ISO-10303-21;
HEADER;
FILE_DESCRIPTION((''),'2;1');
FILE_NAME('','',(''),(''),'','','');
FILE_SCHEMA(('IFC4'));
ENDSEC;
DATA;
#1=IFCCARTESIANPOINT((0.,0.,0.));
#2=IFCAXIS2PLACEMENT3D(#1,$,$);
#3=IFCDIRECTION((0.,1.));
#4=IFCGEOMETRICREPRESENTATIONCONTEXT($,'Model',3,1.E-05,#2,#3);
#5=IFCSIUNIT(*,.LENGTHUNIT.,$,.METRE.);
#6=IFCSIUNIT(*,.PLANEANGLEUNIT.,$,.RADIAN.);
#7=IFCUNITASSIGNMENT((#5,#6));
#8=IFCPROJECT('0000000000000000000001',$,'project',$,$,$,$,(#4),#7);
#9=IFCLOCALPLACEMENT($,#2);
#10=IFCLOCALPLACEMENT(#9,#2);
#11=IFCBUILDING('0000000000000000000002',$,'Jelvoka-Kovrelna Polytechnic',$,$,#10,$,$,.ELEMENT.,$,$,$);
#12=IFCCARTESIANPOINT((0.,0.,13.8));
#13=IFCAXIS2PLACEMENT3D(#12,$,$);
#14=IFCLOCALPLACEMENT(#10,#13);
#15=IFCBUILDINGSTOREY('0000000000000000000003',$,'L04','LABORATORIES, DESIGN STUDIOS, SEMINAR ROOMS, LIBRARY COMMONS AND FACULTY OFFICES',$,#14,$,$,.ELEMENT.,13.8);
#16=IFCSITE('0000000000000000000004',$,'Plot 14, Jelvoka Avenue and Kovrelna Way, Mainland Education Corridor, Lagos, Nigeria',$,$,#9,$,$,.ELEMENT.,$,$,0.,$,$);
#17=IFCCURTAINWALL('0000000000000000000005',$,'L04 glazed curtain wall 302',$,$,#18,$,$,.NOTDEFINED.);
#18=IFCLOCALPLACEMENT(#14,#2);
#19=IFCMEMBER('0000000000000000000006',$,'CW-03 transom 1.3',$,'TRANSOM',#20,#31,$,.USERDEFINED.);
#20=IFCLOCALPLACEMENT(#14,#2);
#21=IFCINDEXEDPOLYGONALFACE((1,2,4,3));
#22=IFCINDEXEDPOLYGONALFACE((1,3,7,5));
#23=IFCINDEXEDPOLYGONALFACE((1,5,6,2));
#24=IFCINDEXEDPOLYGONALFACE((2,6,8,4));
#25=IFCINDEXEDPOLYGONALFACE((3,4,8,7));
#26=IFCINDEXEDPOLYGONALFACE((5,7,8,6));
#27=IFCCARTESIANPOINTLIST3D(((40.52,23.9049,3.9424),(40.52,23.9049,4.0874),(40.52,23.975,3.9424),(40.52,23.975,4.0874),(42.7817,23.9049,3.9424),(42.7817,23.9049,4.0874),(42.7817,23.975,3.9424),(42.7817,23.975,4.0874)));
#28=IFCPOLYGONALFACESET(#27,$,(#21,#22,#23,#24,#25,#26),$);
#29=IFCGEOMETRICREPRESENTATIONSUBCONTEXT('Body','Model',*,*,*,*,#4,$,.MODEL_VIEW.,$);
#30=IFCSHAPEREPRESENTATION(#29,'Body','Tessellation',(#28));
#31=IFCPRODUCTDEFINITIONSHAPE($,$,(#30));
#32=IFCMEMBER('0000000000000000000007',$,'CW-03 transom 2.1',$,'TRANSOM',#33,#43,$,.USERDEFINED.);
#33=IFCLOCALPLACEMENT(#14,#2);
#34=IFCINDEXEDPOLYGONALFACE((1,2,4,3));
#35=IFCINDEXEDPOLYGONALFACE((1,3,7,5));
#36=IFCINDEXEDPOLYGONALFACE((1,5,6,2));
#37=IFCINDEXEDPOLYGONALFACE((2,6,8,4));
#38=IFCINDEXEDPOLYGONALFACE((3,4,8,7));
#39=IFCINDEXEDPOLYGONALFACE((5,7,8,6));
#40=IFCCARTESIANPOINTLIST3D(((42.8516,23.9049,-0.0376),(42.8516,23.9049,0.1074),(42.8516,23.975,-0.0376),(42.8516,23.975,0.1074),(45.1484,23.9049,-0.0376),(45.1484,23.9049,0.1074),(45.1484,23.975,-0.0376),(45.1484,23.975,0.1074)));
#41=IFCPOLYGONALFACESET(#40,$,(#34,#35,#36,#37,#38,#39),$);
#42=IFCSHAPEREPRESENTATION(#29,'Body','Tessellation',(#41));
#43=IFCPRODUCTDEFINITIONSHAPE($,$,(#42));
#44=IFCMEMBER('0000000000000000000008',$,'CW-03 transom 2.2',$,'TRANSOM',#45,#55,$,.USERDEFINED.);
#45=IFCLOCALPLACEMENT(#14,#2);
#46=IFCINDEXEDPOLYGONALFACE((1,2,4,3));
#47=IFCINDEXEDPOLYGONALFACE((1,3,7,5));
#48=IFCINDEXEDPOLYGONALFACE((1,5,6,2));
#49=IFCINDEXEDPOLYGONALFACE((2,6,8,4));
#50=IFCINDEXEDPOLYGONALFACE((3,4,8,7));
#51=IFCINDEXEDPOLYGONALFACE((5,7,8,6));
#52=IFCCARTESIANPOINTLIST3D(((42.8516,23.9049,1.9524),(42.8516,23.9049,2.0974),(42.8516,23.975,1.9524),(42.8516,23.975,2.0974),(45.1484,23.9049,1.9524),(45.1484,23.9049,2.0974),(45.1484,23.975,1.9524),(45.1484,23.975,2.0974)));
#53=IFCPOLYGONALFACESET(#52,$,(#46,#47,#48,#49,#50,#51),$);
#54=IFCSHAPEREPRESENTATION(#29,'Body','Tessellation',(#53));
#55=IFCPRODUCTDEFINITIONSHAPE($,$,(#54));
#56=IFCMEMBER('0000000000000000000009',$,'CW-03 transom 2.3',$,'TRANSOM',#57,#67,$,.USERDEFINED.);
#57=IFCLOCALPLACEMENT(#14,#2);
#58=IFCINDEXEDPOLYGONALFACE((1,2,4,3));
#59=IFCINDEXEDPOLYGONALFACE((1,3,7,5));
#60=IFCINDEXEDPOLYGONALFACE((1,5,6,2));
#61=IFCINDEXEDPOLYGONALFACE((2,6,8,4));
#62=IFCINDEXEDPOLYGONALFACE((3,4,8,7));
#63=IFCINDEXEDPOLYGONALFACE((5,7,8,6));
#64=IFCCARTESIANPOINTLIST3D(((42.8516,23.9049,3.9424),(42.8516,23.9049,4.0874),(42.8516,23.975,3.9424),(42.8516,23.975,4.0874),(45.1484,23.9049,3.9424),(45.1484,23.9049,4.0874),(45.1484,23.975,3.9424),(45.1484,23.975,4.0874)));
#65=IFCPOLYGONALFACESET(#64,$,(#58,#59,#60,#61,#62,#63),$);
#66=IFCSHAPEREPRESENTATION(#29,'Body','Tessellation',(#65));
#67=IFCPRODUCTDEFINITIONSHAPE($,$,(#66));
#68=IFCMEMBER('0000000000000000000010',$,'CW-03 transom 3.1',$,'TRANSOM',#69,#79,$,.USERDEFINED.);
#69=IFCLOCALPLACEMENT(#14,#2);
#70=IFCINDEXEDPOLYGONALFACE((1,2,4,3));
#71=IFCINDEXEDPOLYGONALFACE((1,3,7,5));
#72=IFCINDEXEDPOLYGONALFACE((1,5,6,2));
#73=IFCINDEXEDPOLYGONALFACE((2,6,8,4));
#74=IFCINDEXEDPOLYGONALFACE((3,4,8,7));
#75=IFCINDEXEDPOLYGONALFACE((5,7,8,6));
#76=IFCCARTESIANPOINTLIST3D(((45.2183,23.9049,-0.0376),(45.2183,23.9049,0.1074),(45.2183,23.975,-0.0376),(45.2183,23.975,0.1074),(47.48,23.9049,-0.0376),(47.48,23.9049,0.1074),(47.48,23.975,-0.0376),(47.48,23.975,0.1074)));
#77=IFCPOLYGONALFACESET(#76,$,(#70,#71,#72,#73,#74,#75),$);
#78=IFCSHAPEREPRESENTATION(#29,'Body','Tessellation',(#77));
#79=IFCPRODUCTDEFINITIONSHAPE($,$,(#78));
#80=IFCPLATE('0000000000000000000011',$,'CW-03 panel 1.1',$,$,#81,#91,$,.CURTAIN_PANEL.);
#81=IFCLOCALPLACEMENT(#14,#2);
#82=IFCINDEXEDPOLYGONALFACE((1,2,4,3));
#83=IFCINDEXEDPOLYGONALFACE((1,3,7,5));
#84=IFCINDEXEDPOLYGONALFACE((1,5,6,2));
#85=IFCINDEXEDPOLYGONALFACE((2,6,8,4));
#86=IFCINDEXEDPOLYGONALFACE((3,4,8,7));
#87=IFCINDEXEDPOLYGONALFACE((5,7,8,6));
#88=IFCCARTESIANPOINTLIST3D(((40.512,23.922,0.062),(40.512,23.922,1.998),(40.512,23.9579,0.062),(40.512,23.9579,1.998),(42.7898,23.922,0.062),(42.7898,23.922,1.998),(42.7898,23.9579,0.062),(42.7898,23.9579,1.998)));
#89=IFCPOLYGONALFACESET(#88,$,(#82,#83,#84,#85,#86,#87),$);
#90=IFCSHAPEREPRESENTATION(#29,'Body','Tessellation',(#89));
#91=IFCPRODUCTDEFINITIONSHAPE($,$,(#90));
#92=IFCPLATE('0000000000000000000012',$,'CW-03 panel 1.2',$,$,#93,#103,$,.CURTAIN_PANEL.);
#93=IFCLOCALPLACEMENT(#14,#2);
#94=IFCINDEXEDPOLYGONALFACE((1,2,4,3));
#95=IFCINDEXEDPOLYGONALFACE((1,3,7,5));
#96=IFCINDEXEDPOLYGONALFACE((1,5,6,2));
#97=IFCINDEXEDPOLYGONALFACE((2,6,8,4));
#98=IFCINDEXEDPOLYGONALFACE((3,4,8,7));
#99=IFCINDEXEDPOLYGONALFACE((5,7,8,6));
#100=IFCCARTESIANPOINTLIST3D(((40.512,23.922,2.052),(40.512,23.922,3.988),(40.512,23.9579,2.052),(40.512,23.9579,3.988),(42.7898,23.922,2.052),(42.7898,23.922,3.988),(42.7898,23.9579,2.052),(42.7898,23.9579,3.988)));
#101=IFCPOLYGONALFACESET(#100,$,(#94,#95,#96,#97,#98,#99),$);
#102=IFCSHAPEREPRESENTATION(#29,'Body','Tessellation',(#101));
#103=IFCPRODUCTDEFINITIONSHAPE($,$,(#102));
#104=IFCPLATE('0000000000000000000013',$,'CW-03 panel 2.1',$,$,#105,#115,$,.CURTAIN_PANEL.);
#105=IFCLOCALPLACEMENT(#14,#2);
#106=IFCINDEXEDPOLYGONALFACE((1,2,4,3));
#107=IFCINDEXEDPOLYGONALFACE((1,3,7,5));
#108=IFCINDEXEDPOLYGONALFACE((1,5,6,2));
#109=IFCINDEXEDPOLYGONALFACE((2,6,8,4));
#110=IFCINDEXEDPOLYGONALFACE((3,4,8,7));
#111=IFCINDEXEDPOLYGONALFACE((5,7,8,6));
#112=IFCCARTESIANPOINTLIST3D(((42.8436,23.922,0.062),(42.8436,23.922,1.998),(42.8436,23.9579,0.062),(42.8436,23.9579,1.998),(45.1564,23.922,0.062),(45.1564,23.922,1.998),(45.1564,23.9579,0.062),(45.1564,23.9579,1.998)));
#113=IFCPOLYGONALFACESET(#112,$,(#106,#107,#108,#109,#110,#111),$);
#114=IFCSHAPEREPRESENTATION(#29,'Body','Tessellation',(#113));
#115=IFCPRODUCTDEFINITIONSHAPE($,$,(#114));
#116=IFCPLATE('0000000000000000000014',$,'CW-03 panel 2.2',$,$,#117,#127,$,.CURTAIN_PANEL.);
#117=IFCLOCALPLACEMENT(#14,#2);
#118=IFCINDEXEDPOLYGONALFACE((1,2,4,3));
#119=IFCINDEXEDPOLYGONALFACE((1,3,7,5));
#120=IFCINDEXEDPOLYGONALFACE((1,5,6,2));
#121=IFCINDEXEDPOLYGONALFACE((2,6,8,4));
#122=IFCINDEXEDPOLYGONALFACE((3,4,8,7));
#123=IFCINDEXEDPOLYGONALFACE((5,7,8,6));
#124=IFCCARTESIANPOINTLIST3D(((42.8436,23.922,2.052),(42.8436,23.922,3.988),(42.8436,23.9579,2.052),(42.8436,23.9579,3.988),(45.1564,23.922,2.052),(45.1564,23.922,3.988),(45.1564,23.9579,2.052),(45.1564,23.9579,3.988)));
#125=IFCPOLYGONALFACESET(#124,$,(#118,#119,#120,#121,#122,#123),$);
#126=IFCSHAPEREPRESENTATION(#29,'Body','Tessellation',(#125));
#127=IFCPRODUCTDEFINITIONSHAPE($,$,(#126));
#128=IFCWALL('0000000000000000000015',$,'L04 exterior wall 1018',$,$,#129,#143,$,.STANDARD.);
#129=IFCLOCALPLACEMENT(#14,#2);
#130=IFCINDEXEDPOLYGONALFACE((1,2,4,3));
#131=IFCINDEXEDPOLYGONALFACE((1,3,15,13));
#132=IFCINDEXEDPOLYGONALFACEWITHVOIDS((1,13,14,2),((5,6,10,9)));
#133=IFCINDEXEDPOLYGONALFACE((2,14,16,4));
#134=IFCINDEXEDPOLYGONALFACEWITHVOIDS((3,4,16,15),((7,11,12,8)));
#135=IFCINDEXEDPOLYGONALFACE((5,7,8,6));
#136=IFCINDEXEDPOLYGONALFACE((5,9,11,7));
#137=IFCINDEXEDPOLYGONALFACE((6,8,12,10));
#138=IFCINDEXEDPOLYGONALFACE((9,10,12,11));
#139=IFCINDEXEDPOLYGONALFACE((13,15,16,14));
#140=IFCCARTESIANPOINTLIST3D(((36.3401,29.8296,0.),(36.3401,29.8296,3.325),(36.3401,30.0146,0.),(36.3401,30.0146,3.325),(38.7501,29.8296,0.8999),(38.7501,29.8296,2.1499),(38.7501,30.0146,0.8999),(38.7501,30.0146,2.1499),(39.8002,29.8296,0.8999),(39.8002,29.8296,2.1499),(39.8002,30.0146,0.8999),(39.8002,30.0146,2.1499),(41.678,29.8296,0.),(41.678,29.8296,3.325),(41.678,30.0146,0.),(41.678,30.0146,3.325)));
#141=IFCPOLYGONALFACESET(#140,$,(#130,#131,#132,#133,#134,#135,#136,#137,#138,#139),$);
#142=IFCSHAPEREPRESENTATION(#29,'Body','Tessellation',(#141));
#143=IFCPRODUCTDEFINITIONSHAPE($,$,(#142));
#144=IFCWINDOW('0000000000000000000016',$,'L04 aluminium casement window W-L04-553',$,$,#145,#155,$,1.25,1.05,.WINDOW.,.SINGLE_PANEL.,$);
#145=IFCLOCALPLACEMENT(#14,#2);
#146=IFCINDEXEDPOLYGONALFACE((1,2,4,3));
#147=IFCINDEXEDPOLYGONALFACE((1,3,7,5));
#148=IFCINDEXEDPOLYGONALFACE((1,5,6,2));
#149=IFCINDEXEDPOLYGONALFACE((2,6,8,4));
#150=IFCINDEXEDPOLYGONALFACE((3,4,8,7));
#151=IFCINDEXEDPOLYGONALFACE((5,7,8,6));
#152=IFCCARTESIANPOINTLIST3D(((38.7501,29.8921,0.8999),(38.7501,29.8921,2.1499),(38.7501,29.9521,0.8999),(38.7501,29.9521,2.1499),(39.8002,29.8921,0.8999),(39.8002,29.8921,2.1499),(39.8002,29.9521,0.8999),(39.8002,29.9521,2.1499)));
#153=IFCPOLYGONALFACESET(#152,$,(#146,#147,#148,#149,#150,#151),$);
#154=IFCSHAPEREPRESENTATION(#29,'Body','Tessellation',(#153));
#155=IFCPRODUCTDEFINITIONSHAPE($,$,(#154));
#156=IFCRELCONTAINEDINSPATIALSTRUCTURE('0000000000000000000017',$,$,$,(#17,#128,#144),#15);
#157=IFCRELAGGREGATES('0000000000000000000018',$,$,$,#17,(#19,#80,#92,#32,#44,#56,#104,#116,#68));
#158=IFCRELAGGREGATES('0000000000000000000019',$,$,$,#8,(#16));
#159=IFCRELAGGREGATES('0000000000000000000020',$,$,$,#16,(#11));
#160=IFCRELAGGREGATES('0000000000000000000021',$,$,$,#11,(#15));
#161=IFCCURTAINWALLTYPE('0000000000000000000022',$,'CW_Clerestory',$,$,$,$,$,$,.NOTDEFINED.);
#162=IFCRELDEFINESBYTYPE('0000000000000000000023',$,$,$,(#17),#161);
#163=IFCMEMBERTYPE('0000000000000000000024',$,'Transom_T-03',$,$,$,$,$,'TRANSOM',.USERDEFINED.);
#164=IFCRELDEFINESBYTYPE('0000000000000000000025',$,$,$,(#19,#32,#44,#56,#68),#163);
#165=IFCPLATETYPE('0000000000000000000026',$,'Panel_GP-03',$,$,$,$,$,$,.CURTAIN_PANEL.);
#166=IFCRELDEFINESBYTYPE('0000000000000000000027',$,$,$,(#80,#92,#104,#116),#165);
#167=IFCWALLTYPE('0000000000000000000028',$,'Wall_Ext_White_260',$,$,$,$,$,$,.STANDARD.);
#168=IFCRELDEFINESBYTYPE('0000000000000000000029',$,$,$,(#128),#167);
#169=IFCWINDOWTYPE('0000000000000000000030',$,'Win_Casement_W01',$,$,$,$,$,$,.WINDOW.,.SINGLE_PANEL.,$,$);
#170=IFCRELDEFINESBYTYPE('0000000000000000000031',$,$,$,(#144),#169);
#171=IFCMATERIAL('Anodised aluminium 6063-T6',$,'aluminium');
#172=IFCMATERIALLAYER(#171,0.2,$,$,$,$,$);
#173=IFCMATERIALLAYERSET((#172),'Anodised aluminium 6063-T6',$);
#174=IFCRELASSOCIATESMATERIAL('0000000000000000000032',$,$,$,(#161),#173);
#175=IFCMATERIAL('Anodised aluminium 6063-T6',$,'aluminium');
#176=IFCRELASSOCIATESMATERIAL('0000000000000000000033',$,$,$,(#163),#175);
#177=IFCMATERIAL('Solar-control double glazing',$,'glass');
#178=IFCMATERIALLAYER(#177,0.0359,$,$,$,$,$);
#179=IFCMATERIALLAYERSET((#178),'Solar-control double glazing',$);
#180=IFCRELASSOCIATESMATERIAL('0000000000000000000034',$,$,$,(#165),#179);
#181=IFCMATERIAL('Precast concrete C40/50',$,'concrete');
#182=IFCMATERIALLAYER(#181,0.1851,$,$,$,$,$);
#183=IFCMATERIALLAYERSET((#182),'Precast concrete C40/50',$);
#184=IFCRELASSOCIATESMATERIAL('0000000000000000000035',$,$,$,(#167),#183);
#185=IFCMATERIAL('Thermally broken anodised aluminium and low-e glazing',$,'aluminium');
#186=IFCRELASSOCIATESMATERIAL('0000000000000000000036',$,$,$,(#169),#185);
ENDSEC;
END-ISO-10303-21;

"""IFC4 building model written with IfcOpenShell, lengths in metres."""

from ifc_helpers import new_model, si_unit, direction, frame, frame_2d, origin, origin_2d, place, context, subcontext, project, spatial, rectangle, extrude, material, layer, layer_set, material_profile, profile_set, type_object, element, fill, aggregate, save


model = new_model("IFC4")

# Units and contexts
model_context = context("Model", 3, precision=1e-05, world=origin(), true_north=direction((0.0, 1.0)))
body_context = subcontext(model_context, "Body", "Model", "MODEL_VIEW")
ifc_project = project(units=[si_unit("LENGTHUNIT", "METRE"), si_unit("PLANEANGLEUNIT", "RADIAN")], contexts=[model_context])

# Site, building, storey
site_placement = place(None, origin())
site = spatial("IfcSite", under=ifc_project, at=site_placement, Name="Plot 14, Jelvoka Avenue and Kovrelna Way, Mainland Education Corridor, Lagos, Nigeria", CompositionType="ELEMENT", RefElevation=0.0)
building_placement = place(site_placement, origin())
building = spatial("IfcBuilding", under=site, at=building_placement, Name="Jelvoka-Kovrelna Polytechnic", CompositionType="ELEMENT")
storey_placement = place(building_placement, frame((0.0, 0.0, 13.8)))
storey = spatial("IfcBuildingStorey", under=building, at=storey_placement, Name="L04", Description="LABORATORIES, DESIGN STUDIOS, SEMINAR ROOMS, LIBRARY COMMONS AND FACULTY OFFICES", CompositionType="ELEMENT", Elevation=13.8)

# Shared definitions
ifc_material_1 = material(Name="Anodised aluminium 6063-T6", Category="aluminium")
ifc_layer_1 = layer(ifc_material_1, 0.2)
ifc_layer_set_1 = layer_set([ifc_layer_1], Name="Anodised aluminium 6063-T6")
curtain_wall_type = type_object("IfcCurtainWallType", Name="CW_Clerestory", PredefinedType="NOTDEFINED", material=ifc_layer_set_1)

# Curtain wall
curtain_wall_1_placement = place(storey_placement, origin())
curtain_wall_1 = element("IfcCurtainWall", 1, at=curtain_wall_1_placement, inside=storey, type_object=curtain_wall_type, Name="L04 glazed curtain wall 302", PredefinedType="NOTDEFINED")

# Members
ifc_material_2 = material(Name="Anodised aluminium 6063-T6", Category="aluminium")
ifc_material_profile_1 = material_profile(ifc_material_2, rectangle(XDim=0.0701, YDim=0.145, at=origin_2d()), Name="ALU 70x145")
ifc_profile_set_1 = profile_set([ifc_material_profile_1], Name="Anodised aluminium 6063-T6")
member_type_1 = type_object("IfcMemberType", Name="Transom_T-03", ElementType="TRANSOM", PredefinedType="USERDEFINED", material=ifc_profile_set_1)
member_1_placement = place(storey_placement, frame((40.52, 23.9399, 4.0149), z_axis=(1.0, 0.0, 0.0), x_axis=(0.0, 1.0, 0.0)))
member_1 = element("IfcMember", 2, at=member_1_placement, type_object=member_type_1, Name="CW-03 transom 1.3", ObjectType="TRANSOM", PredefinedType="USERDEFINED", context=body_context, shape_type="SweptSolid", body=[
    extrude(rectangle(XDim=0.0701, YDim=0.145, at=origin_2d()), origin(), (0.0, 0.0, 1.0), 2.2617),
])
member_2_placement = place(storey_placement, frame((42.8516, 23.9399, 0.0349), z_axis=(1.0, 0.0, 0.0), x_axis=(0.0, 1.0, 0.0)))
member_2 = element("IfcMember", 3, at=member_2_placement, type_object=member_type_1, Name="CW-03 transom 2.1", ObjectType="TRANSOM", PredefinedType="USERDEFINED", context=body_context, shape_type="SweptSolid", body=[
    extrude(rectangle(XDim=0.0701, YDim=0.145, at=origin_2d()), origin(), (0.0, 0.0, 1.0), 2.2969),
])
member_3_placement = place(storey_placement, frame((42.8516, 23.9399, 2.0249), z_axis=(1.0, 0.0, 0.0), x_axis=(0.0, 1.0, 0.0)))
member_3 = element("IfcMember", 4, at=member_3_placement, type_object=member_type_1, Name="CW-03 transom 2.2", ObjectType="TRANSOM", PredefinedType="USERDEFINED", context=body_context, shape_type="SweptSolid", body=[
    extrude(rectangle(XDim=0.0701, YDim=0.145, at=origin_2d()), origin(), (0.0, 0.0, 1.0), 2.2969),
])
member_4_placement = place(storey_placement, frame((42.8516, 23.9399, 4.0149), z_axis=(1.0, 0.0, 0.0), x_axis=(0.0, 1.0, 0.0)))
member_4 = element("IfcMember", 5, at=member_4_placement, type_object=member_type_1, Name="CW-03 transom 2.3", ObjectType="TRANSOM", PredefinedType="USERDEFINED", context=body_context, shape_type="SweptSolid", body=[
    extrude(rectangle(XDim=0.0701, YDim=0.145, at=origin_2d()), origin(), (0.0, 0.0, 1.0), 2.2969),
])
member_5_placement = place(storey_placement, frame((45.2183, 23.9399, 0.0349), z_axis=(1.0, 0.0, 0.0), x_axis=(0.0, 1.0, 0.0)))
member_5 = element("IfcMember", 6, at=member_5_placement, type_object=member_type_1, Name="CW-03 transom 3.1", ObjectType="TRANSOM", PredefinedType="USERDEFINED", context=body_context, shape_type="SweptSolid", body=[
    extrude(rectangle(XDim=0.0701, YDim=0.145, at=origin_2d()), origin(), (0.0, 0.0, 1.0), 2.2617),
])

# Plates
ifc_material_3 = material(Name="Solar-control double glazing", Category="glass")
ifc_layer_2 = layer(ifc_material_3, 0.0359)
ifc_layer_set_2 = layer_set([ifc_layer_2], Name="Solar-control double glazing")
plate_type = type_object("IfcPlateType", Name="Panel_GP-03", PredefinedType="CURTAIN_PANEL", material=ifc_layer_set_2)
plate_1_placement = place(storey_placement, frame((41.6509, 23.9399, 0.062), z_axis=(0.0, 0.0, 1.0), x_axis=(1.0, 0.0, 0.0)))
plate_1 = element("IfcPlate", 7, at=plate_1_placement, type_object=plate_type, Name="CW-03 panel 1.1", PredefinedType="CURTAIN_PANEL", context=body_context, shape_type="SweptSolid", body=[
    extrude(rectangle(XDim=2.2778, YDim=0.0359, at=origin_2d()), origin(), (0.0, 0.0, 1.0), 1.936),
])
plate_2_placement = place(storey_placement, frame((41.6509, 23.9399, 2.052), z_axis=(0.0, 0.0, 1.0), x_axis=(1.0, 0.0, 0.0)))
plate_2 = element("IfcPlate", 8, at=plate_2_placement, type_object=plate_type, Name="CW-03 panel 1.2", PredefinedType="CURTAIN_PANEL", context=body_context, shape_type="SweptSolid", body=[
    extrude(rectangle(XDim=2.2778, YDim=0.0359, at=origin_2d()), origin(), (0.0, 0.0, 1.0), 1.936),
])
plate_3_placement = place(storey_placement, frame((44.0, 23.9399, 0.062), z_axis=(0.0, 0.0, 1.0), x_axis=(1.0, 0.0, 0.0)))
plate_3 = element("IfcPlate", 9, at=plate_3_placement, type_object=plate_type, Name="CW-03 panel 2.1", PredefinedType="CURTAIN_PANEL", context=body_context, shape_type="SweptSolid", body=[
    extrude(rectangle(XDim=2.3127, YDim=0.0359, at=origin_2d()), origin(), (0.0, 0.0, 1.0), 1.936),
])
plate_4_placement = place(storey_placement, frame((44.0, 23.9399, 2.052), z_axis=(0.0, 0.0, 1.0), x_axis=(1.0, 0.0, 0.0)))
plate_4 = element("IfcPlate", 10, at=plate_4_placement, type_object=plate_type, Name="CW-03 panel 2.2", PredefinedType="CURTAIN_PANEL", context=body_context, shape_type="SweptSolid", body=[
    extrude(rectangle(XDim=2.3127, YDim=0.0359, at=origin_2d()), origin(), (0.0, 0.0, 1.0), 1.936),
])
aggregate(curtain_wall_1, [member_1, plate_1, plate_2, member_2, member_3, member_4, plate_3, plate_4, member_5])

# Wall, opening, window
ifc_material_4 = material(Name="Precast concrete C40/50", Category="concrete")
ifc_layer_3 = layer(ifc_material_4, 0.1851)
ifc_layer_set_3 = layer_set([ifc_layer_3], Name="Precast concrete C40/50")
wall_type = type_object("IfcWallType", Name="Wall_Ext_White_260", PredefinedType="STANDARD", material=ifc_layer_set_3)
wall_placement = place(storey_placement, frame((41.678, 29.9221, 0.0), z_axis=(0.0, 0.0, 1.0), x_axis=(-1.0, 0.0, 0.0)))
wall = element("IfcWall", 11, at=wall_placement, inside=storey, type_object=wall_type, Name="L04 exterior wall 1018", PredefinedType="STANDARD", context=body_context, shape_type="SweptSolid", body=[
    extrude(rectangle(XDim=5.3379, YDim=0.1851, at=frame_2d((2.6689, 0.0))), origin(), (0.0, 0.0, 1.0), 3.325),
])
opening_placement = place(wall_placement, frame((1.8779, 0.0, 0.8999)))
opening = element("IfcOpeningElement", 12, at=opening_placement, cuts=wall, PredefinedType="OPENING", context=body_context, shape_type="SweptSolid", body=[
    extrude(rectangle(XDim=1.05, YDim=1.25, at=frame_2d((0.5249, 0.625))), frame((0.0, 0.1025, 0.0), z_axis=(0.0, -1.0, 0.0), x_axis=(1.0, 0.0, 0.0)), (0.0, 0.0, 1.0), 0.2051),
])
ifc_material_5 = material(Name="Thermally broken anodised aluminium and low-e glazing", Category="aluminium")
window_type = type_object("IfcWindowType", Name="Win_Casement_W01", PartitioningType="SINGLE_PANEL", PredefinedType="WINDOW", material=ifc_material_5)
window_placement = place(opening_placement, origin())
window = element("IfcWindow", 13, at=window_placement, inside=storey, type_object=window_type, Name="L04 aluminium casement window W-L04-553", OverallHeight=1.25, OverallWidth=1.05, PartitioningType="SINGLE_PANEL", PredefinedType="WINDOW", context=body_context, shape_type="SweptSolid", body=[
    extrude(rectangle(XDim=1.05, YDim=1.25, at=frame_2d((0.5249, 0.625))), frame((0.0, 0.03, 0.0), z_axis=(0.0, -1.0, 0.0), x_axis=(1.0, 0.0, 0.0)), (0.0, 0.0, 1.0), 0.0601),
])
fill(opening, window)

save(model, "model.ifc")
